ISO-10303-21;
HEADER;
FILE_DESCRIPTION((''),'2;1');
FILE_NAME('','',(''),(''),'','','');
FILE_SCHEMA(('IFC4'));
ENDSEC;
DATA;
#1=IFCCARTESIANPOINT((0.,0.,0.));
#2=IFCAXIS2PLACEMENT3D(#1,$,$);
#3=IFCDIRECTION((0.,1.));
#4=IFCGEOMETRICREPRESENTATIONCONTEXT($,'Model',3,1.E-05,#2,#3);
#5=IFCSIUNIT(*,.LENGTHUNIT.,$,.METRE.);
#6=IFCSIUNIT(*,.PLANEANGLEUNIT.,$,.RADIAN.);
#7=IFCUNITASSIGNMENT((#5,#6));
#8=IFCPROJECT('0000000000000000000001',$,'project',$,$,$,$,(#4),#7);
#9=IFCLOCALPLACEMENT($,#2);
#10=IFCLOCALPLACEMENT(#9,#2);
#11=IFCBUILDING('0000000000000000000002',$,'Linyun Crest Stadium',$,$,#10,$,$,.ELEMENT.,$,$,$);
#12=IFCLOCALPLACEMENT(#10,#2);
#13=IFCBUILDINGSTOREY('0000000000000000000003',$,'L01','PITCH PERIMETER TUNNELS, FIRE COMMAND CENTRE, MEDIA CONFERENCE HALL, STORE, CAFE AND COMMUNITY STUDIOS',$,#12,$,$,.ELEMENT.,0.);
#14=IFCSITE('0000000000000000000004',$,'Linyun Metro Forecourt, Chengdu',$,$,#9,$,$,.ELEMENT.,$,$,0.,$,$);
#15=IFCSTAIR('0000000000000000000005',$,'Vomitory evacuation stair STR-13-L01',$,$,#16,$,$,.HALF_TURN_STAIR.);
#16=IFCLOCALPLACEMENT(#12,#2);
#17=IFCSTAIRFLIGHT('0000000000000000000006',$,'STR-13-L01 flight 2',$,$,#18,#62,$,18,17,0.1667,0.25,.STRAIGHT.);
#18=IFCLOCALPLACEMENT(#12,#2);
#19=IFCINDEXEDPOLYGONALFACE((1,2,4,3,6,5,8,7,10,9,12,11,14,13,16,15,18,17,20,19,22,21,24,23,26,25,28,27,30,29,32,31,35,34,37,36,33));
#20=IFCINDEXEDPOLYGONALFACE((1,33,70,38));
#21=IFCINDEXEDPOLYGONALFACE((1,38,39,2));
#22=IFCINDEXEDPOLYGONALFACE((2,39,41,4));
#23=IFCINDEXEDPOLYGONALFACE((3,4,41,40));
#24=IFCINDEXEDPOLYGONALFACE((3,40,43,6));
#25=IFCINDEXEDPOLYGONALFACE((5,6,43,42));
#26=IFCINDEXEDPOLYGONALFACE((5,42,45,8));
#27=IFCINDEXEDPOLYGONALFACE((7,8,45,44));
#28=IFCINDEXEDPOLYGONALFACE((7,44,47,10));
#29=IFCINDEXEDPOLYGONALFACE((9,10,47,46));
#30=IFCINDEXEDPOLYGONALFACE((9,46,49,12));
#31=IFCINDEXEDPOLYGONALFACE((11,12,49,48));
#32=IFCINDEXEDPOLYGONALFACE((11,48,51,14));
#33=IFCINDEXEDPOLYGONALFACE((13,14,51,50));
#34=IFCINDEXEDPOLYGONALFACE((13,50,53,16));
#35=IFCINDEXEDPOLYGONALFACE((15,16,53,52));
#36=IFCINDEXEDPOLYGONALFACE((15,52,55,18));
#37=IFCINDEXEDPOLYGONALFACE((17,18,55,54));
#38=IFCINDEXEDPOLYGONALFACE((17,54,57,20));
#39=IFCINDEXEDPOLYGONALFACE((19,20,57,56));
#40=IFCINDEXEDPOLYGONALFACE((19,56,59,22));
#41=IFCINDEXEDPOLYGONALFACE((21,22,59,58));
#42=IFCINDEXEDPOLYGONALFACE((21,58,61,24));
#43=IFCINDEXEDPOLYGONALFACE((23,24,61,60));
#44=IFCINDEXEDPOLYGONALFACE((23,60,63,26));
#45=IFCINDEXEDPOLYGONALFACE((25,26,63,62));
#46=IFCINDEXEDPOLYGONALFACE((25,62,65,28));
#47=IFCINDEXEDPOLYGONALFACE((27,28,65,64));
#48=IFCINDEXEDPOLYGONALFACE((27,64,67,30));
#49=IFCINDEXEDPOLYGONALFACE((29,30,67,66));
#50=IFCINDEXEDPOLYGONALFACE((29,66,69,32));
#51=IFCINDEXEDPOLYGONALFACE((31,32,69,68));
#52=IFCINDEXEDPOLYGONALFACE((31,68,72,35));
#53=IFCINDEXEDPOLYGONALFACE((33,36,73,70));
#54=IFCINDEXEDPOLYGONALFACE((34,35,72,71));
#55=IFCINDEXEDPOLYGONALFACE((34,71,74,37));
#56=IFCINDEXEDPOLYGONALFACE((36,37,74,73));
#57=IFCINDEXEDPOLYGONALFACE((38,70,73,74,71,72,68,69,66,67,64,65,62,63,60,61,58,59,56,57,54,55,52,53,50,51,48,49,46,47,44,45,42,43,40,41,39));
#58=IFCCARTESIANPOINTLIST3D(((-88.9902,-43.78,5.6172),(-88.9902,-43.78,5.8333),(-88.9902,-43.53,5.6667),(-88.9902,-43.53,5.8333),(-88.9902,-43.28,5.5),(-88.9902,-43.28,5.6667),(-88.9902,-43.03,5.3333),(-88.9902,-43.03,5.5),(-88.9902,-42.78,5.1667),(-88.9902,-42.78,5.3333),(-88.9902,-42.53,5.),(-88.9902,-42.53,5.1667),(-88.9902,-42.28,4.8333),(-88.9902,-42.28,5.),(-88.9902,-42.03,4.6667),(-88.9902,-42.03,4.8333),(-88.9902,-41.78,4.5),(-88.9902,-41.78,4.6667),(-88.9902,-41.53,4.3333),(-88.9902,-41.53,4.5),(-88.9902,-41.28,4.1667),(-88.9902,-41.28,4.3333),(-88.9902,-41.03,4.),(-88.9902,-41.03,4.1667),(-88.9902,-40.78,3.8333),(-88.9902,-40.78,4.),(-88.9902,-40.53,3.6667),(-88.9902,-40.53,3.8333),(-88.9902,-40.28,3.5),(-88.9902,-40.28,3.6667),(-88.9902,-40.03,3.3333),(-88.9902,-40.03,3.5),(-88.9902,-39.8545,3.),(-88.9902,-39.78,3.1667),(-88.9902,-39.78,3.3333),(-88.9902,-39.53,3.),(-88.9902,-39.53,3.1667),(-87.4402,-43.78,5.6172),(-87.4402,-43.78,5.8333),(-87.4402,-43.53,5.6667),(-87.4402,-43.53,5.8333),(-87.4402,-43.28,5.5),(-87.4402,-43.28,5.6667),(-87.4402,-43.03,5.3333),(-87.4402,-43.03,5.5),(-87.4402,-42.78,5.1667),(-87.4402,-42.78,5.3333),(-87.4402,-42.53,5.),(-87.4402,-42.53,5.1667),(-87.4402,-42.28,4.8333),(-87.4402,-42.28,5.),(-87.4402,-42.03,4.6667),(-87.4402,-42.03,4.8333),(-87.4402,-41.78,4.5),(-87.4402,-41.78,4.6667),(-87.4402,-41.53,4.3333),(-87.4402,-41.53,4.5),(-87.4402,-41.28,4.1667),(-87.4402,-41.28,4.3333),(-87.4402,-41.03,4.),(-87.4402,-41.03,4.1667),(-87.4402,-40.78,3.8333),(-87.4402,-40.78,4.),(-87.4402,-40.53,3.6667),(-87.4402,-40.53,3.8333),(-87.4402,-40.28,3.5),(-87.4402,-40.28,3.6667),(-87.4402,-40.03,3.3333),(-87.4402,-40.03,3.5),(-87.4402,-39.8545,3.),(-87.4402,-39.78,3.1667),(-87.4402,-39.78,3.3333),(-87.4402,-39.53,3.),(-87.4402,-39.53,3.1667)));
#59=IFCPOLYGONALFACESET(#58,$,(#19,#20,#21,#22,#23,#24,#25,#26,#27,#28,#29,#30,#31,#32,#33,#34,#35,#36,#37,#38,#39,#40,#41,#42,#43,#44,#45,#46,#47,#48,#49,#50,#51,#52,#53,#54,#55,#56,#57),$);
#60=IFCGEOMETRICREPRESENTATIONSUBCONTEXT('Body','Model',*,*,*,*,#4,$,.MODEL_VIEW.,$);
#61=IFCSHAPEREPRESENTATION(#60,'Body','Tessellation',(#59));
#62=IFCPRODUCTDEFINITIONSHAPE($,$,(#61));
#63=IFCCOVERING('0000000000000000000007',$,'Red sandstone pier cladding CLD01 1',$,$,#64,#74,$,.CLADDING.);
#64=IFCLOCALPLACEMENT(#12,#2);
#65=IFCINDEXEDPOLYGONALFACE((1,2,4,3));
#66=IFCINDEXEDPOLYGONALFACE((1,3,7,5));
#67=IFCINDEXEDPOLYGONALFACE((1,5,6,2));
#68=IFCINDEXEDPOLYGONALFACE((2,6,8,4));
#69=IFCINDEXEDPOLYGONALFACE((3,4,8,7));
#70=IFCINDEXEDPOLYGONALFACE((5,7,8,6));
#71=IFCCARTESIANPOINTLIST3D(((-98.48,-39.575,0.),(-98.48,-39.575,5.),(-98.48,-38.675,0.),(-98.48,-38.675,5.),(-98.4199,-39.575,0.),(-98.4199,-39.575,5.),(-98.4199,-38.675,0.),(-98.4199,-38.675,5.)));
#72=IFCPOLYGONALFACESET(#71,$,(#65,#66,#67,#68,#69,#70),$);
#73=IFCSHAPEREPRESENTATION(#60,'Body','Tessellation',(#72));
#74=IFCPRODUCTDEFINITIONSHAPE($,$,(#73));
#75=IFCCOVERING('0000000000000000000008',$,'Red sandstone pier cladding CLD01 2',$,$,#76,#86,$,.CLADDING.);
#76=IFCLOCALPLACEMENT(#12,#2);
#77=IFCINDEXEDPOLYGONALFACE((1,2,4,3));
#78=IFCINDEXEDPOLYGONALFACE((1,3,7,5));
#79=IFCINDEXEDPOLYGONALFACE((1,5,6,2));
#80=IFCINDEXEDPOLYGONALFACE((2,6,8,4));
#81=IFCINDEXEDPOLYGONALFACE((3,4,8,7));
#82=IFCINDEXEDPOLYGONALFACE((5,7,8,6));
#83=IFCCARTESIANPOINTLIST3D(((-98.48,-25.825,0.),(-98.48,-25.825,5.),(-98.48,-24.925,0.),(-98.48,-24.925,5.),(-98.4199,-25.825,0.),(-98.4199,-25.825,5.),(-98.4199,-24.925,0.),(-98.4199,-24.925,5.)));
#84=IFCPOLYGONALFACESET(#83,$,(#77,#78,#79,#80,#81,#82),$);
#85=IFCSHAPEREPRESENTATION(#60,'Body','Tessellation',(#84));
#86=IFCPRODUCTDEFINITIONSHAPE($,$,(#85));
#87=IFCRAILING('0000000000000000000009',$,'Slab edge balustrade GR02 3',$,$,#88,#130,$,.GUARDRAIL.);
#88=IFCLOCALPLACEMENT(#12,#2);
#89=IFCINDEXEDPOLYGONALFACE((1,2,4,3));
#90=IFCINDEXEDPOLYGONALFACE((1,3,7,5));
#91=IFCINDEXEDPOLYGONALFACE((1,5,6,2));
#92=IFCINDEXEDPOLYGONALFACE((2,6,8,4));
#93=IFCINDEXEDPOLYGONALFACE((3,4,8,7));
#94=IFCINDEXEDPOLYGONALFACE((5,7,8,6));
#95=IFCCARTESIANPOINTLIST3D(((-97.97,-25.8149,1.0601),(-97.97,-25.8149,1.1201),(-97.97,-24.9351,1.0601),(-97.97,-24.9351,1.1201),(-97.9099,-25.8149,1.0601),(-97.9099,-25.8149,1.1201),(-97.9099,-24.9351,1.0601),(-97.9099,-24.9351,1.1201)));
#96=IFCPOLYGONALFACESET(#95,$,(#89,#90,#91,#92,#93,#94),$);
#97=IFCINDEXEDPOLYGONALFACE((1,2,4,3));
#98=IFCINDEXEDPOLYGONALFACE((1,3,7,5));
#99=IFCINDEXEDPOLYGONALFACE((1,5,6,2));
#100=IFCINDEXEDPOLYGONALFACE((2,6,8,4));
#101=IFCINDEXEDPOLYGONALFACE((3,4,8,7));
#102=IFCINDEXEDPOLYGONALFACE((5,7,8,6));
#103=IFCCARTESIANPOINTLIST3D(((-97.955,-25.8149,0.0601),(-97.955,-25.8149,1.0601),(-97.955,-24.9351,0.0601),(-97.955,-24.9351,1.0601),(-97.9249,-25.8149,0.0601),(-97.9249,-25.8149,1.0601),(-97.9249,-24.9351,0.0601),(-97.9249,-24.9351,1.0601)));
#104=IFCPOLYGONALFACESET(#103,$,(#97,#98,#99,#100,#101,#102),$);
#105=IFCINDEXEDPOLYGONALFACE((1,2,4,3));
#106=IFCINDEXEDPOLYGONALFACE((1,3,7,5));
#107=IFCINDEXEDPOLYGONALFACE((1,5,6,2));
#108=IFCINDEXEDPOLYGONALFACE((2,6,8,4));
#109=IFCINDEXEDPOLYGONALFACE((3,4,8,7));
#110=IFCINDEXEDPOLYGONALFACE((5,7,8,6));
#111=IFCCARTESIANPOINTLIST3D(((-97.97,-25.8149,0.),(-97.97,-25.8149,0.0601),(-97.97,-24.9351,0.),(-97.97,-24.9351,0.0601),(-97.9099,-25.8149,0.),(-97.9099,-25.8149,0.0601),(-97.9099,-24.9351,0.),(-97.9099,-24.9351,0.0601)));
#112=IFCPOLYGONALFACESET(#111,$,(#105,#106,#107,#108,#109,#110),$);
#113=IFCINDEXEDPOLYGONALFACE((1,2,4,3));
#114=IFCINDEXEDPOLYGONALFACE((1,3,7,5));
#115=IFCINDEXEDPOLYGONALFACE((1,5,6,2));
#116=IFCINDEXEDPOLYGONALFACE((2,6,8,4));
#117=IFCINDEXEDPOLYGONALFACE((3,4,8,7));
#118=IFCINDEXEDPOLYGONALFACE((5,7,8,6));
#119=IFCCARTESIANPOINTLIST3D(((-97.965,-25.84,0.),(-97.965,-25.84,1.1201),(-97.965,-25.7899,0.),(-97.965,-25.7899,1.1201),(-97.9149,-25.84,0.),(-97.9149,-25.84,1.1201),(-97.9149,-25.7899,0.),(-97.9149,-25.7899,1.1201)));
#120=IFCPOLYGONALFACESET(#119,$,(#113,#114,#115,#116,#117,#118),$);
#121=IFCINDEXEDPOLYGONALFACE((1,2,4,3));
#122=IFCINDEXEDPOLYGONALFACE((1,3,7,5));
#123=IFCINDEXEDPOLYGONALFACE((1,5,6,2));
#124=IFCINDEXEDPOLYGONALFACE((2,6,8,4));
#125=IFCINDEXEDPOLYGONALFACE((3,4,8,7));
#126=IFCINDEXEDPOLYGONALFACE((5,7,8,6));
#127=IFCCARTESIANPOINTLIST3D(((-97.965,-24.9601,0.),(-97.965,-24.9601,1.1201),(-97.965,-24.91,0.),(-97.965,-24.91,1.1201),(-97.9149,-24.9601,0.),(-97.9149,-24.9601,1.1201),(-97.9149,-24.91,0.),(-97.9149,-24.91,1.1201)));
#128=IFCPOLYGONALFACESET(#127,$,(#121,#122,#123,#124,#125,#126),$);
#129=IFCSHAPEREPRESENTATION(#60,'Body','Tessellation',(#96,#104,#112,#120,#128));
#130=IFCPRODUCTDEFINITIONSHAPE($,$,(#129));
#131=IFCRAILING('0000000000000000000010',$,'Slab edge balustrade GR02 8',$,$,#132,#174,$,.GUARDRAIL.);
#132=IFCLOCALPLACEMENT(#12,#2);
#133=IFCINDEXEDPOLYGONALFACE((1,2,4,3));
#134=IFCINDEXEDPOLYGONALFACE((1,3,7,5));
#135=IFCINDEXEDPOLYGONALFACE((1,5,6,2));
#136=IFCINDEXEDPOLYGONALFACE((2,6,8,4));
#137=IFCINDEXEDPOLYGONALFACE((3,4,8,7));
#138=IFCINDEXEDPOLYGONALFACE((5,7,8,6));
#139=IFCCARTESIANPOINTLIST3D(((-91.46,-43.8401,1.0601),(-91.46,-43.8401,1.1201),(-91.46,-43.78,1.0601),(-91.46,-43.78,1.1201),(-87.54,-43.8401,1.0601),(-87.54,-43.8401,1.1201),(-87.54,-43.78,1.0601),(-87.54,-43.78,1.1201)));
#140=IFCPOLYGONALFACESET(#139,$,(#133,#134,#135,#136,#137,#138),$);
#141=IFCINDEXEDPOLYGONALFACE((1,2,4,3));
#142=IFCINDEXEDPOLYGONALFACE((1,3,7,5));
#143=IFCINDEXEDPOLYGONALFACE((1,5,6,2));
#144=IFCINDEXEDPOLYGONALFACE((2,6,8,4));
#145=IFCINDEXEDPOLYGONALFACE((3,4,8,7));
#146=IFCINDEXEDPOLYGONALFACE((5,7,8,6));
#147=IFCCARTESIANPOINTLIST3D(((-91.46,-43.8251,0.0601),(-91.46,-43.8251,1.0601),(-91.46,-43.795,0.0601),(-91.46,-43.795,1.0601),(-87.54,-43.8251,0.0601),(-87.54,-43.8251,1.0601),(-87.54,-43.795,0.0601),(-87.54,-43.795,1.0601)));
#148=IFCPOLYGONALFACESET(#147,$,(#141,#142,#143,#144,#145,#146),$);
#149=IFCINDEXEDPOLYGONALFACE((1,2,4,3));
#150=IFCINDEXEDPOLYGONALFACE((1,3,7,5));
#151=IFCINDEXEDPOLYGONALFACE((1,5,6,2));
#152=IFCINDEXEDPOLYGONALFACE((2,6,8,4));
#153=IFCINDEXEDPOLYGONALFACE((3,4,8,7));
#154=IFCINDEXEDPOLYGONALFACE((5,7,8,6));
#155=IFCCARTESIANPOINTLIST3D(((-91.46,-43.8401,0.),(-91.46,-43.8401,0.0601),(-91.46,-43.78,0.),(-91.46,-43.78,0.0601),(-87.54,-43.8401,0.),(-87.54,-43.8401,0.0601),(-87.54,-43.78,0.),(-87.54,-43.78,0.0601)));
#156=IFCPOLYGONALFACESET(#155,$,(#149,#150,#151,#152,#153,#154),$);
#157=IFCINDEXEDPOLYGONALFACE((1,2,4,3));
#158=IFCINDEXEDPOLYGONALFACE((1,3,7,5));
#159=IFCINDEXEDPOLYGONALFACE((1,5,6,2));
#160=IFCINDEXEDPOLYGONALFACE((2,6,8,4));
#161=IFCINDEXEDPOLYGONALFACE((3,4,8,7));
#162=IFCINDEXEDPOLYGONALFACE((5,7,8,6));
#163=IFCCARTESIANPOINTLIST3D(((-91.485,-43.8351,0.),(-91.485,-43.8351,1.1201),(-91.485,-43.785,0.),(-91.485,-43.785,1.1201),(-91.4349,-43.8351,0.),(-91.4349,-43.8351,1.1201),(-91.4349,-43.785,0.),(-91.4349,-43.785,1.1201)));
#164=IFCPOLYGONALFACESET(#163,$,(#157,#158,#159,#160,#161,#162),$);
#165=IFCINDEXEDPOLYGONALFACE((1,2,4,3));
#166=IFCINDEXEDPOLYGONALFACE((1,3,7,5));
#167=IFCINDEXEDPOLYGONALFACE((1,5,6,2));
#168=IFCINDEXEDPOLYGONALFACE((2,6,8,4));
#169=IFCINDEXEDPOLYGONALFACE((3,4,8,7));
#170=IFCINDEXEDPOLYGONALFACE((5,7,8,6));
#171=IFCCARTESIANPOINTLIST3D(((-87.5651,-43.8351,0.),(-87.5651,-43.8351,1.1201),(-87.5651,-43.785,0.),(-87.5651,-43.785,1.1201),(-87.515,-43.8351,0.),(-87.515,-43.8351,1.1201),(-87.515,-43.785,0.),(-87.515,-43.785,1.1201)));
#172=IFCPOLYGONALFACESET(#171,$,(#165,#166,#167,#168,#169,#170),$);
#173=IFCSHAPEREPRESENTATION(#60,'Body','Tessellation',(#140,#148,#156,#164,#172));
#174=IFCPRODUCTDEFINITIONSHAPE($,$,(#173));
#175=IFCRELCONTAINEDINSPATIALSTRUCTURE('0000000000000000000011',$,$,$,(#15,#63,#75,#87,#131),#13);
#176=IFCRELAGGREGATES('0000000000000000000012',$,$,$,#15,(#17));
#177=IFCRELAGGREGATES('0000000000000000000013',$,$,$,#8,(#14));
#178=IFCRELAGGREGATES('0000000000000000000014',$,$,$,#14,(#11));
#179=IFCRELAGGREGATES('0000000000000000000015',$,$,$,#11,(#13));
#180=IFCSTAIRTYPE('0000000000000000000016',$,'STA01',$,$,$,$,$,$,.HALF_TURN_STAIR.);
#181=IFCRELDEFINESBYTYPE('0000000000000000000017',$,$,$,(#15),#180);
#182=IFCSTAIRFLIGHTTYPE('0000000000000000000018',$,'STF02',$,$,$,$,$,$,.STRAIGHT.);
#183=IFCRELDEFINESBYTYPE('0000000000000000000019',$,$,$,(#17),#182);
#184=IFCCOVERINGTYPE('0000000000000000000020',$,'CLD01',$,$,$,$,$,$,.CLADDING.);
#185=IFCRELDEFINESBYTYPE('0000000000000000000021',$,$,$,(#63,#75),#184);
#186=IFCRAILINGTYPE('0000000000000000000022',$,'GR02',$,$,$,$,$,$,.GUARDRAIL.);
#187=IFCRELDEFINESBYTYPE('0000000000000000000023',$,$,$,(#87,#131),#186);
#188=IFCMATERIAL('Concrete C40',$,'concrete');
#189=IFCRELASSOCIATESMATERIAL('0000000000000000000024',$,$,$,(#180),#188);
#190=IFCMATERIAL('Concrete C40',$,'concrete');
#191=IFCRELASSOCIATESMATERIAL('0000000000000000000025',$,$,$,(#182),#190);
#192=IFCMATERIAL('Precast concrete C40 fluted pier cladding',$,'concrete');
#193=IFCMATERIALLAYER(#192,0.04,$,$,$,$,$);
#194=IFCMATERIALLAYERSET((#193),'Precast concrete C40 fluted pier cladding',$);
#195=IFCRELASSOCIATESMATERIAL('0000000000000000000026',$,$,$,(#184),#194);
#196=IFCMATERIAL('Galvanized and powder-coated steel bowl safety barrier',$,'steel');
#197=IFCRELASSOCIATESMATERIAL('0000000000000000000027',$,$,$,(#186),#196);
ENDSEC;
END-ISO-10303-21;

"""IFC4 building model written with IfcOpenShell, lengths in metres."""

from ifc_helpers import new_model, si_unit, direction, frame, origin, origin_2d, place, context, subcontext, project, spatial, polyline, rectangle, outline, extrude, material, layer, layer_set, type_object, element, aggregate, save


model = new_model("IFC4")

# Units and contexts
model_context = context("Model", 3, precision=1e-05, world=origin(), true_north=direction((0.0, 1.0)))
body_context = subcontext(model_context, "Body", "Model", "MODEL_VIEW")
ifc_project = project(units=[si_unit("LENGTHUNIT", "METRE"), si_unit("PLANEANGLEUNIT", "RADIAN")], contexts=[model_context])

# Site, building, storey
site_placement = place(None, origin())
site = spatial("IfcSite", under=ifc_project, at=site_placement, Name="Linyun Metro Forecourt, Chengdu", CompositionType="ELEMENT", RefElevation=0.0)
building_placement = place(site_placement, origin())
building = spatial("IfcBuilding", under=site, at=building_placement, Name="Linyun Crest Stadium", CompositionType="ELEMENT")
storey_placement = place(building_placement, origin())
storey = spatial("IfcBuildingStorey", under=building, at=storey_placement, Name="L01", Description="PITCH PERIMETER TUNNELS, FIRE COMMAND CENTRE, MEDIA CONFERENCE HALL, STORE, CAFE AND COMMUNITY STUDIOS", CompositionType="ELEMENT", Elevation=0.0)

# Stair, stair flight
ifc_material_1 = material(Name="Concrete C40", Category="concrete")
stair_type = type_object("IfcStairType", Name="STA01", PredefinedType="HALF_TURN_STAIR", material=ifc_material_1)
stair_placement = place(storey_placement, origin())
stair = element("IfcStair", 1, at=stair_placement, inside=storey, type_object=stair_type, Name="Vomitory evacuation stair STR-13-L01", PredefinedType="HALF_TURN_STAIR")
ifc_material_2 = material(Name="Concrete C40", Category="concrete")
stair_flight_type = type_object("IfcStairFlightType", Name="STF02", PredefinedType="STRAIGHT", material=ifc_material_2)
stair_flight_1_placement = place(storey_placement, frame((-88.2151, -39.53, 3.0), z_axis=(0.0, 0.0, 1.0), x_axis=(0.0, -1.0, 0.0)))
stair_flight_1 = element("IfcStairFlight", 2, at=stair_flight_1_placement, type_object=stair_flight_type, Name="STR-13-L01 flight 2", NumberOfRisers=18, NumberOfTreads=17, PredefinedType="STRAIGHT", RiserHeight=0.1667, TreadLength=0.25, context=body_context, shape_type="SweptSolid", body=[
    extrude(outline(polyline([(0.0, 0.0), (0.0, 0.1667), (0.25, 0.1667), (0.25, 0.3333), (0.5, 0.3333), (0.5, 0.5), (0.75, 0.5), (0.75, 0.6667), (1.0, 0.6667), (1.0, 0.8333), (1.25, 0.8333), (1.25, 1.0), (1.5, 1.0), (1.5, 1.1667), (1.75, 1.1667), (1.75, 1.3333), (2.0, 1.3333), (2.0, 1.5), (2.25, 1.5), (2.25, 1.6667), (2.5, 1.6667), (2.5, 1.8333), (2.75, 1.8333), (2.75, 2.0), (3.0, 2.0), (3.0, 2.1667), (3.25, 2.1667), (3.25, 2.3333), (3.5, 2.3333), (3.5, 2.5), (3.75, 2.5), (3.75, 2.6667), (4.0, 2.6667), (4.0, 2.8333), (4.25, 2.8333), (4.25, 3.0), (4.25, 2.6172), (0.3245, 0.0), (0.0, 0.0)])), frame((0.0, 0.7749, 0.0), z_axis=(0.0, -1.0, 0.0), x_axis=(1.0, 0.0, 0.0)), (0.0, 0.0, 1.0), 1.55),
])
aggregate(stair, [stair_flight_1])

# Coverings
ifc_material_3 = material(Name="Precast concrete C40 fluted pier cladding", Category="concrete")
ifc_layer_1 = layer(ifc_material_3, 0.04)
ifc_layer_set_1 = layer_set([ifc_layer_1], Name="Precast concrete C40 fluted pier cladding")
covering_type = type_object("IfcCoveringType", Name="CLD01", PredefinedType="CLADDING", material=ifc_layer_set_1)
for number, where, z_axis, x_axis, name in (
    (3, (-98.45, -39.125, 0.0), (0.0, 0.0, 1.0), (1.0, 0.0, 0.0), "Red sandstone pier cladding CLD01 1"),
    (4, (-98.45, -25.375, 0.0), (0.0, 0.0, 1.0), (1.0, 0.0, 0.0), "Red sandstone pier cladding CLD01 2"),
):
    element("IfcCovering", number, at=place(storey_placement, frame(where, z_axis=z_axis, x_axis=x_axis)), inside=storey, type_object=covering_type, Name=name, PredefinedType="CLADDING", context=body_context, shape_type="SweptSolid", body=[
        extrude(rectangle(XDim=0.0601, YDim=0.8999, at=origin_2d()), origin(), (0.0, 0.0, 1.0), 5.0),
    ])

# Railings
ifc_material_4 = material(Name="Galvanized and powder-coated steel bowl safety barrier", Category="steel")
railing_type_1 = type_object("IfcRailingType", Name="GR02", PredefinedType="GUARDRAIL", material=ifc_material_4)
railing_1_placement = place(storey_placement, frame((-97.9399, -25.8149, 0.0)))
element("IfcRailing", 5, at=railing_1_placement, inside=storey, type_object=railing_type_1, Name="Slab edge balustrade GR02 3", PredefinedType="GUARDRAIL", context=body_context, shape_type="SweptSolid", body=[
    extrude(rectangle(XDim=0.0601, YDim=0.0601, at=origin_2d()), frame((0.0, 0.0, 1.0901), z_axis=(0.0, 1.0, 0.0), x_axis=(-1.0, 0.0, 0.0)), (0.0, 0.0, 1.0), 0.8799),
    extrude(rectangle(XDim=0.03, YDim=1.0, at=origin_2d()), frame((0.0, 0.0, 0.5601), z_axis=(0.0, 1.0, 0.0), x_axis=(-1.0, 0.0, 0.0)), (0.0, 0.0, 1.0), 0.8799),
    extrude(rectangle(XDim=0.0601, YDim=0.0601, at=origin_2d()), frame((0.0, 0.0, 0.03), z_axis=(0.0, 1.0, 0.0), x_axis=(-1.0, 0.0, 0.0)), (0.0, 0.0, 1.0), 0.8799),
    extrude(rectangle(XDim=0.05, YDim=0.05, at=origin_2d()), origin(), (0.0, 0.0, 1.0), 1.1201),
    extrude(rectangle(XDim=0.05, YDim=0.05, at=origin_2d()), frame((0.0, 0.8799, 0.0)), (0.0, 0.0, 1.0), 1.1201),
])
railing_2_placement = place(storey_placement, frame((-91.46, -43.8101, 0.0)))
element("IfcRailing", 6, at=railing_2_placement, inside=storey, type_object=railing_type_1, Name="Slab edge balustrade GR02 8", PredefinedType="GUARDRAIL", context=body_context, shape_type="SweptSolid", body=[
    extrude(rectangle(XDim=0.0601, YDim=0.0601, at=origin_2d()), frame((0.0, 0.0, 1.0901), z_axis=(1.0, 0.0, 0.0), x_axis=(0.0, 1.0, 0.0)), (0.0, 0.0, 1.0), 3.9199),
    extrude(rectangle(XDim=0.03, YDim=1.0, at=origin_2d()), frame((0.0, 0.0, 0.5601), z_axis=(1.0, 0.0, 0.0), x_axis=(0.0, 1.0, 0.0)), (0.0, 0.0, 1.0), 3.9199),
    extrude(rectangle(XDim=0.0601, YDim=0.0601, at=origin_2d()), frame((0.0, 0.0, 0.03), z_axis=(1.0, 0.0, 0.0), x_axis=(0.0, 1.0, 0.0)), (0.0, 0.0, 1.0), 3.9199),
    extrude(rectangle(XDim=0.05, YDim=0.05, at=origin_2d()), origin(), (0.0, 0.0, 1.0), 1.1201),
    extrude(rectangle(XDim=0.05, YDim=0.05, at=origin_2d()), frame((3.9199, 0.0, 0.0)), (0.0, 0.0, 1.0), 1.1201),
])

save(model, "model.ifc")
